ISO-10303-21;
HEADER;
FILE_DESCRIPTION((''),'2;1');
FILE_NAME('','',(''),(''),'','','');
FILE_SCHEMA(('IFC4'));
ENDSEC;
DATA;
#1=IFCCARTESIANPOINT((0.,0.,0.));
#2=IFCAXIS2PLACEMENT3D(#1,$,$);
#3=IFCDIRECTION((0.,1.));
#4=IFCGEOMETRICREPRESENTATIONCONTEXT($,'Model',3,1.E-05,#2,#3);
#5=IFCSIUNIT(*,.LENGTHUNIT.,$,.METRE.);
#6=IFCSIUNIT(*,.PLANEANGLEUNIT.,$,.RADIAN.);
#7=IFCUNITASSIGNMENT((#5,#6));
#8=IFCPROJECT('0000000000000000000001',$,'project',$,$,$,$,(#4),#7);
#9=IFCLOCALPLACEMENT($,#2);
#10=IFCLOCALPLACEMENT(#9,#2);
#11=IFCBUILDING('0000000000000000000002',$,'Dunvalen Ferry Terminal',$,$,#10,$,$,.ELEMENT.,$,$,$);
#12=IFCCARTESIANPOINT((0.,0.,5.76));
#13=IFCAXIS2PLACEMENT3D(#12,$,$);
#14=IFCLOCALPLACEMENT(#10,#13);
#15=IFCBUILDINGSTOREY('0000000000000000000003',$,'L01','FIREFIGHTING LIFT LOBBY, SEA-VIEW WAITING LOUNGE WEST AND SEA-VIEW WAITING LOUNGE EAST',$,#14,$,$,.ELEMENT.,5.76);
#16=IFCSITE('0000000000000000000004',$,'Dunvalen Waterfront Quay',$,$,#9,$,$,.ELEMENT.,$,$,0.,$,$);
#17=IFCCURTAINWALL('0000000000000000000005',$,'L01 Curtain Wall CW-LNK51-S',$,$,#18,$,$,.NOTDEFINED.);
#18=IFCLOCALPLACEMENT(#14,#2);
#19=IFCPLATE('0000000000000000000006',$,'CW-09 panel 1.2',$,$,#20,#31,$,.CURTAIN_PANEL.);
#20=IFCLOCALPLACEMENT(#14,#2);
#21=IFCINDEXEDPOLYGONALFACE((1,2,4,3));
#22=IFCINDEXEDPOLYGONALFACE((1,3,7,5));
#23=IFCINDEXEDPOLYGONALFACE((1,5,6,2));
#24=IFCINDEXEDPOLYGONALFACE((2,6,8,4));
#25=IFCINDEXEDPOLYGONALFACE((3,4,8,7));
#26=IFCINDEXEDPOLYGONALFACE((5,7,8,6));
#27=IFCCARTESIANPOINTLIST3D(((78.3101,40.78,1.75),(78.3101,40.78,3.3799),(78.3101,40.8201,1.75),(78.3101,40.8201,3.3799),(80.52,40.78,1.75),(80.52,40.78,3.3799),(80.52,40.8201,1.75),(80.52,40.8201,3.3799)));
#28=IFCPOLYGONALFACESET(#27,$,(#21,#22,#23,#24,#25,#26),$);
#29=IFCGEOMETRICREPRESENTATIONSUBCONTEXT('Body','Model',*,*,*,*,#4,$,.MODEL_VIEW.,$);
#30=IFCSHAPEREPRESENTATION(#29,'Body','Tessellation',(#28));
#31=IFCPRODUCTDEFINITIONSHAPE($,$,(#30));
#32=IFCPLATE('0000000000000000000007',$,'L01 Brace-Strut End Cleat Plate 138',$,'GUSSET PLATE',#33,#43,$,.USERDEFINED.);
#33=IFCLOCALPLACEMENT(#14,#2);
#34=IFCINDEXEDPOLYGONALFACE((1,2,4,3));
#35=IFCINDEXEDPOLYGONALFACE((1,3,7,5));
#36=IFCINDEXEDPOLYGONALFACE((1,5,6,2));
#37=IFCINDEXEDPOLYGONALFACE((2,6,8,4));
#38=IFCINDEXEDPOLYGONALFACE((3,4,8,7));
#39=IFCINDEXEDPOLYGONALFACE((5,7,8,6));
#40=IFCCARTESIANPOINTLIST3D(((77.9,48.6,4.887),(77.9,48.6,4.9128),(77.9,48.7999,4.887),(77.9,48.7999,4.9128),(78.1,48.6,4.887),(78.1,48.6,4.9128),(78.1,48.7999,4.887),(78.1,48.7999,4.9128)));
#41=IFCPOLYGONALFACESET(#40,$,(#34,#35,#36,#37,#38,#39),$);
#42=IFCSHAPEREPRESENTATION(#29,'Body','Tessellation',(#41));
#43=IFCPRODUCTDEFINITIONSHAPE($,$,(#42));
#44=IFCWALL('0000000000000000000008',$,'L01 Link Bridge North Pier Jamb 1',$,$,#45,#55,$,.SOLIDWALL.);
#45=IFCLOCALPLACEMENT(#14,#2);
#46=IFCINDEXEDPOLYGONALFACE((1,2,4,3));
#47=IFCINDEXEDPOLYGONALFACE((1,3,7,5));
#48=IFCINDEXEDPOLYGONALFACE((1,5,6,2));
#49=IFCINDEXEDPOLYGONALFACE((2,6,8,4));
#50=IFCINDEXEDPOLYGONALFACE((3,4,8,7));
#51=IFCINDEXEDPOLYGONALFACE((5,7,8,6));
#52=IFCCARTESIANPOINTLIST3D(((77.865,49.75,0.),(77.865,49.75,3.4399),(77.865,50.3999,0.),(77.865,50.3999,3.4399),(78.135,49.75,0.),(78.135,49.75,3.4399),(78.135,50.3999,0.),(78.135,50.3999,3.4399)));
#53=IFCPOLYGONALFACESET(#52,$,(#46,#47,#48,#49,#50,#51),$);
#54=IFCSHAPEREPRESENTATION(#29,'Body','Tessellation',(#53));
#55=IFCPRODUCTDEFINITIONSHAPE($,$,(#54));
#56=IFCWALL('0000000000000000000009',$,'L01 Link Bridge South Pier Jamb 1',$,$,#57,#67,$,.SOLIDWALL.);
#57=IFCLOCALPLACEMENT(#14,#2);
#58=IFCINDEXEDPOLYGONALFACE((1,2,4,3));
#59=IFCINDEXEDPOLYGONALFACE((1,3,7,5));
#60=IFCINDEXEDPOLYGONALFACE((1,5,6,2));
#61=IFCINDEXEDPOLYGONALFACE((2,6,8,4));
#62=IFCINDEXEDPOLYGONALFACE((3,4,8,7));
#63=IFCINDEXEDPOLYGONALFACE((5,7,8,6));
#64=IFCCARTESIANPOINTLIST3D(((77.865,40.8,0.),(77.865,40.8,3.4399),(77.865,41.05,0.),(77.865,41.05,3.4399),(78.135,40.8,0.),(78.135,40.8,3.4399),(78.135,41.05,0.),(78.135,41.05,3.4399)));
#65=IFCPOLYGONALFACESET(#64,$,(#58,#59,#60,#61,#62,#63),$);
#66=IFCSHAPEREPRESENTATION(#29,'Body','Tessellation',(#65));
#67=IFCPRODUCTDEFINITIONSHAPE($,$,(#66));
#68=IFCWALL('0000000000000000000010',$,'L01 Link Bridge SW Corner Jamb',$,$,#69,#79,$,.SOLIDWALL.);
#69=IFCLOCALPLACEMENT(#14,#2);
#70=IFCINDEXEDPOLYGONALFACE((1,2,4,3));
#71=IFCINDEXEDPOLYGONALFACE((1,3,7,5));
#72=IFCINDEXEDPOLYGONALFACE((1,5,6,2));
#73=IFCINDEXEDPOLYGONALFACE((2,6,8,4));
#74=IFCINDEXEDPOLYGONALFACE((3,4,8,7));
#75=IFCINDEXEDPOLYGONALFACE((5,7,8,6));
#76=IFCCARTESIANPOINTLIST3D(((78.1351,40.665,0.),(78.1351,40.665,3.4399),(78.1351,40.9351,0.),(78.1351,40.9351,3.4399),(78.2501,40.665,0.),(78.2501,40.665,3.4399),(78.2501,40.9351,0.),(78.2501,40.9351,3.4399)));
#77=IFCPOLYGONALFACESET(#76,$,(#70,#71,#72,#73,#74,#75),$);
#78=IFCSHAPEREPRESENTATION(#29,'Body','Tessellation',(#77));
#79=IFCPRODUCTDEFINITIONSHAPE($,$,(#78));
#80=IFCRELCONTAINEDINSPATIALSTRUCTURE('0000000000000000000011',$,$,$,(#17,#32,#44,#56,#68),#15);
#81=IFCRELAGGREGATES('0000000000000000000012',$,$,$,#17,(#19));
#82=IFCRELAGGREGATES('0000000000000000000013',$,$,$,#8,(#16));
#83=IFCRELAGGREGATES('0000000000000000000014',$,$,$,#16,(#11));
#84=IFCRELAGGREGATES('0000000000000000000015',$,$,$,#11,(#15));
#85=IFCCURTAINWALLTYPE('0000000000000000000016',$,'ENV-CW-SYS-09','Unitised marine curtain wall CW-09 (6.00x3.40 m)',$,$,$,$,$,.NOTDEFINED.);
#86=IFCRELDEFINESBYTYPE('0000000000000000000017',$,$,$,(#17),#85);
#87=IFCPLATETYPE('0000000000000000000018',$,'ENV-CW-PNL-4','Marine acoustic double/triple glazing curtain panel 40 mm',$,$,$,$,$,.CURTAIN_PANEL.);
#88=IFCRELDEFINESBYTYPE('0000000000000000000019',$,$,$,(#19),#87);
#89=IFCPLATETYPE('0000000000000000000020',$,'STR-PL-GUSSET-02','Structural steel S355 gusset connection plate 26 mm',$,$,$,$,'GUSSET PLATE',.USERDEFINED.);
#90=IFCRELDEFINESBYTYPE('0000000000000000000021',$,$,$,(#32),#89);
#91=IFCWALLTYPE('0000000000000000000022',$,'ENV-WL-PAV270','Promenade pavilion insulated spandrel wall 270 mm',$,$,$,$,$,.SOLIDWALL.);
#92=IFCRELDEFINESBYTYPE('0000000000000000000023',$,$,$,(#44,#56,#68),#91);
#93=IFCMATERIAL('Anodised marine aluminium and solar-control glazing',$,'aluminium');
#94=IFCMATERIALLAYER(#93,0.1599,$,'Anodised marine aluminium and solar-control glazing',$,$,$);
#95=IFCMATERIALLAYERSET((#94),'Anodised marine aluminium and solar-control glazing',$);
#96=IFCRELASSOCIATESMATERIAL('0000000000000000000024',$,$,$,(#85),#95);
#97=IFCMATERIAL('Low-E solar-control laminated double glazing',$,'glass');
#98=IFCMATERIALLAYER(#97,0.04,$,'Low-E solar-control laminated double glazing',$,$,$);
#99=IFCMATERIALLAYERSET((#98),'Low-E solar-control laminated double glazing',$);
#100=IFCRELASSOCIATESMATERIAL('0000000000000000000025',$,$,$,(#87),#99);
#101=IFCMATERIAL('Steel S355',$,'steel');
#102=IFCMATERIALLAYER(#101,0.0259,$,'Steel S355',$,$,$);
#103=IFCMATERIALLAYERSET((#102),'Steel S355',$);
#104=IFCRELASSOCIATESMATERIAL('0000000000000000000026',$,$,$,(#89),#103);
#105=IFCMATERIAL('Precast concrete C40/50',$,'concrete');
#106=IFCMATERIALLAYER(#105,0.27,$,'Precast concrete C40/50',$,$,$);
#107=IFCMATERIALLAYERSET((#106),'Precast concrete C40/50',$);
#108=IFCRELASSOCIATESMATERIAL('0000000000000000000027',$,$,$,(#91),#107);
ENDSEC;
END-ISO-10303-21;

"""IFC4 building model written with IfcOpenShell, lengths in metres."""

from ifc_helpers import new_model, si_unit, direction, frame, frame_2d, origin, origin_2d, place, context, subcontext, project, spatial, rectangle, extrude, material, layer, layer_set, type_object, element, aggregate, save


model = new_model("IFC4")

# Units and contexts
model_context = context("Model", 3, precision=1e-05, world=origin(), true_north=direction((0.0, 1.0)))
body_context = subcontext(model_context, "Body", "Model", "MODEL_VIEW")
ifc_project = project(units=[si_unit("LENGTHUNIT", "METRE"), si_unit("PLANEANGLEUNIT", "RADIAN")], contexts=[model_context])

# Site, building, storey
site_placement = place(None, origin())
site = spatial("IfcSite", under=ifc_project, at=site_placement, Name="Dunvalen Waterfront Quay", CompositionType="ELEMENT", RefElevation=0.0)
building_placement = place(site_placement, origin())
building = spatial("IfcBuilding", under=site, at=building_placement, Name="Dunvalen Ferry Terminal", CompositionType="ELEMENT")
storey_placement = place(building_placement, frame((0.0, 0.0, 5.76)))
storey = spatial("IfcBuildingStorey", under=building, at=storey_placement, Name="L01", Description="FIREFIGHTING LIFT LOBBY, SEA-VIEW WAITING LOUNGE WEST AND SEA-VIEW WAITING LOUNGE EAST", CompositionType="ELEMENT", Elevation=5.76)

# Curtain wall
ifc_material_1 = material(Name="Anodised marine aluminium and solar-control glazing", Category="aluminium")
ifc_layer_1 = layer(ifc_material_1, 0.1599, Name="Anodised marine aluminium and solar-control glazing")
ifc_layer_set_1 = layer_set([ifc_layer_1], Name="Anodised marine aluminium and solar-control glazing")
curtain_wall_type_1 = type_object("IfcCurtainWallType", Name="ENV-CW-SYS-09", Description="Unitised marine curtain wall CW-09 (6.00x3.40 m)", PredefinedType="NOTDEFINED", material=ifc_layer_set_1)
curtain_wall_1_placement = place(storey_placement, origin())
curtain_wall_1 = element("IfcCurtainWall", 1, at=curtain_wall_1_placement, inside=storey, type_object=curtain_wall_type_1, Name="L01 Curtain Wall CW-LNK51-S", PredefinedType="NOTDEFINED")

# Plates
ifc_material_2 = material(Name="Low-E solar-control laminated double glazing", Category="glass")
ifc_layer_2 = layer(ifc_material_2, 0.04, Name="Low-E solar-control laminated double glazing")
ifc_layer_set_2 = layer_set([ifc_layer_2], Name="Low-E solar-control laminated double glazing")
plate_type_1 = type_object("IfcPlateType", Name="ENV-CW-PNL-4", Description="Marine acoustic double/triple glazing curtain panel 40 mm", PredefinedType="CURTAIN_PANEL", material=ifc_layer_set_2)
plate_1_placement = place(storey_placement, frame((79.415, 40.8, 1.75), z_axis=(0.0, 0.0, 1.0), x_axis=(1.0, 0.0, 0.0)))
plate_1 = element("IfcPlate", 2, at=plate_1_placement, type_object=plate_type_1, Name="CW-09 panel 1.2", PredefinedType="CURTAIN_PANEL", context=body_context, shape_type="SweptSolid", body=[
    extrude(rectangle(XDim=2.21, YDim=0.04, at=origin_2d()), origin(), (0.0, 0.0, 1.0), 1.6299),
])
aggregate(curtain_wall_1, [plate_1])
ifc_material_3 = material(Name="Steel S355", Category="steel")
ifc_layer_3 = layer(ifc_material_3, 0.0259, Name="Steel S355")
ifc_layer_set_3 = layer_set([ifc_layer_3], Name="Steel S355")
plate_type_2 = type_object("IfcPlateType", Name="STR-PL-GUSSET-02", Description="Structural steel S355 gusset connection plate 26 mm", ElementType="GUSSET PLATE", PredefinedType="USERDEFINED", material=ifc_layer_set_3)
plate_2_placement = place(storey_placement, frame((78.0, 48.7, 4.887), z_axis=(0.0, 0.0, 1.0), x_axis=(1.0, 0.0, 0.0)))
element("IfcPlate", 3, at=plate_2_placement, inside=storey, type_object=plate_type_2, Name="L01 Brace-Strut End Cleat Plate 138", ObjectType="GUSSET PLATE", PredefinedType="USERDEFINED", context=body_context, shape_type="SweptSolid", body=[
    extrude(rectangle(XDim=0.2, YDim=0.2, at=origin_2d()), origin(), (0.0, 0.0, 1.0), 0.0259),
])

# Walls
ifc_material_4 = material(Name="Precast concrete C40/50", Category="concrete")
ifc_layer_4 = layer(ifc_material_4, 0.27, Name="Precast concrete C40/50")
ifc_layer_set_4 = layer_set([ifc_layer_4], Name="Precast concrete C40/50")
wall_type = type_object("IfcWallType", Name="ENV-WL-PAV270", Description="Promenade pavilion insulated spandrel wall 270 mm", PredefinedType="SOLIDWALL", material=ifc_layer_set_4)
wall_1_placement = place(storey_placement, frame((78.0, 49.75, 0.0), z_axis=(0.0, 0.0, 1.0), x_axis=(0.0, 1.0, 0.0)))
element("IfcWall", 4, at=wall_1_placement, inside=storey, type_object=wall_type, Name="L01 Link Bridge North Pier Jamb 1", PredefinedType="SOLIDWALL", context=body_context, shape_type="SweptSolid", body=[
    extrude(rectangle(XDim=0.6499, YDim=0.27, at=frame_2d((0.325, 0.0))), origin(), (0.0, 0.0, 1.0), 3.4399),
])
wall_2_placement = place(storey_placement, frame((78.0, 40.8, 0.0), z_axis=(0.0, 0.0, 1.0), x_axis=(0.0, 1.0, 0.0)))
element("IfcWall", 5, at=wall_2_placement, inside=storey, type_object=wall_type, Name="L01 Link Bridge South Pier Jamb 1", PredefinedType="SOLIDWALL", context=body_context, shape_type="SweptSolid", body=[
    extrude(rectangle(XDim=0.25, YDim=0.27, at=frame_2d((0.125, 0.0))), origin(), (0.0, 0.0, 1.0), 3.4399),
])
wall_3_placement = place(storey_placement, frame((78.135, 40.8, 0.0), z_axis=(0.0, 0.0, 1.0), x_axis=(1.0, 0.0, 0.0)))
element("IfcWall", 6, at=wall_3_placement, inside=storey, type_object=wall_type, Name="L01 Link Bridge SW Corner Jamb", PredefinedType="SOLIDWALL", context=body_context, shape_type="SweptSolid", body=[
    extrude(rectangle(XDim=0.115, YDim=0.27, at=frame_2d((0.0576, 0.0))), origin(), (0.0, 0.0, 1.0), 3.4399),
])

save(model, "model.ifc")
